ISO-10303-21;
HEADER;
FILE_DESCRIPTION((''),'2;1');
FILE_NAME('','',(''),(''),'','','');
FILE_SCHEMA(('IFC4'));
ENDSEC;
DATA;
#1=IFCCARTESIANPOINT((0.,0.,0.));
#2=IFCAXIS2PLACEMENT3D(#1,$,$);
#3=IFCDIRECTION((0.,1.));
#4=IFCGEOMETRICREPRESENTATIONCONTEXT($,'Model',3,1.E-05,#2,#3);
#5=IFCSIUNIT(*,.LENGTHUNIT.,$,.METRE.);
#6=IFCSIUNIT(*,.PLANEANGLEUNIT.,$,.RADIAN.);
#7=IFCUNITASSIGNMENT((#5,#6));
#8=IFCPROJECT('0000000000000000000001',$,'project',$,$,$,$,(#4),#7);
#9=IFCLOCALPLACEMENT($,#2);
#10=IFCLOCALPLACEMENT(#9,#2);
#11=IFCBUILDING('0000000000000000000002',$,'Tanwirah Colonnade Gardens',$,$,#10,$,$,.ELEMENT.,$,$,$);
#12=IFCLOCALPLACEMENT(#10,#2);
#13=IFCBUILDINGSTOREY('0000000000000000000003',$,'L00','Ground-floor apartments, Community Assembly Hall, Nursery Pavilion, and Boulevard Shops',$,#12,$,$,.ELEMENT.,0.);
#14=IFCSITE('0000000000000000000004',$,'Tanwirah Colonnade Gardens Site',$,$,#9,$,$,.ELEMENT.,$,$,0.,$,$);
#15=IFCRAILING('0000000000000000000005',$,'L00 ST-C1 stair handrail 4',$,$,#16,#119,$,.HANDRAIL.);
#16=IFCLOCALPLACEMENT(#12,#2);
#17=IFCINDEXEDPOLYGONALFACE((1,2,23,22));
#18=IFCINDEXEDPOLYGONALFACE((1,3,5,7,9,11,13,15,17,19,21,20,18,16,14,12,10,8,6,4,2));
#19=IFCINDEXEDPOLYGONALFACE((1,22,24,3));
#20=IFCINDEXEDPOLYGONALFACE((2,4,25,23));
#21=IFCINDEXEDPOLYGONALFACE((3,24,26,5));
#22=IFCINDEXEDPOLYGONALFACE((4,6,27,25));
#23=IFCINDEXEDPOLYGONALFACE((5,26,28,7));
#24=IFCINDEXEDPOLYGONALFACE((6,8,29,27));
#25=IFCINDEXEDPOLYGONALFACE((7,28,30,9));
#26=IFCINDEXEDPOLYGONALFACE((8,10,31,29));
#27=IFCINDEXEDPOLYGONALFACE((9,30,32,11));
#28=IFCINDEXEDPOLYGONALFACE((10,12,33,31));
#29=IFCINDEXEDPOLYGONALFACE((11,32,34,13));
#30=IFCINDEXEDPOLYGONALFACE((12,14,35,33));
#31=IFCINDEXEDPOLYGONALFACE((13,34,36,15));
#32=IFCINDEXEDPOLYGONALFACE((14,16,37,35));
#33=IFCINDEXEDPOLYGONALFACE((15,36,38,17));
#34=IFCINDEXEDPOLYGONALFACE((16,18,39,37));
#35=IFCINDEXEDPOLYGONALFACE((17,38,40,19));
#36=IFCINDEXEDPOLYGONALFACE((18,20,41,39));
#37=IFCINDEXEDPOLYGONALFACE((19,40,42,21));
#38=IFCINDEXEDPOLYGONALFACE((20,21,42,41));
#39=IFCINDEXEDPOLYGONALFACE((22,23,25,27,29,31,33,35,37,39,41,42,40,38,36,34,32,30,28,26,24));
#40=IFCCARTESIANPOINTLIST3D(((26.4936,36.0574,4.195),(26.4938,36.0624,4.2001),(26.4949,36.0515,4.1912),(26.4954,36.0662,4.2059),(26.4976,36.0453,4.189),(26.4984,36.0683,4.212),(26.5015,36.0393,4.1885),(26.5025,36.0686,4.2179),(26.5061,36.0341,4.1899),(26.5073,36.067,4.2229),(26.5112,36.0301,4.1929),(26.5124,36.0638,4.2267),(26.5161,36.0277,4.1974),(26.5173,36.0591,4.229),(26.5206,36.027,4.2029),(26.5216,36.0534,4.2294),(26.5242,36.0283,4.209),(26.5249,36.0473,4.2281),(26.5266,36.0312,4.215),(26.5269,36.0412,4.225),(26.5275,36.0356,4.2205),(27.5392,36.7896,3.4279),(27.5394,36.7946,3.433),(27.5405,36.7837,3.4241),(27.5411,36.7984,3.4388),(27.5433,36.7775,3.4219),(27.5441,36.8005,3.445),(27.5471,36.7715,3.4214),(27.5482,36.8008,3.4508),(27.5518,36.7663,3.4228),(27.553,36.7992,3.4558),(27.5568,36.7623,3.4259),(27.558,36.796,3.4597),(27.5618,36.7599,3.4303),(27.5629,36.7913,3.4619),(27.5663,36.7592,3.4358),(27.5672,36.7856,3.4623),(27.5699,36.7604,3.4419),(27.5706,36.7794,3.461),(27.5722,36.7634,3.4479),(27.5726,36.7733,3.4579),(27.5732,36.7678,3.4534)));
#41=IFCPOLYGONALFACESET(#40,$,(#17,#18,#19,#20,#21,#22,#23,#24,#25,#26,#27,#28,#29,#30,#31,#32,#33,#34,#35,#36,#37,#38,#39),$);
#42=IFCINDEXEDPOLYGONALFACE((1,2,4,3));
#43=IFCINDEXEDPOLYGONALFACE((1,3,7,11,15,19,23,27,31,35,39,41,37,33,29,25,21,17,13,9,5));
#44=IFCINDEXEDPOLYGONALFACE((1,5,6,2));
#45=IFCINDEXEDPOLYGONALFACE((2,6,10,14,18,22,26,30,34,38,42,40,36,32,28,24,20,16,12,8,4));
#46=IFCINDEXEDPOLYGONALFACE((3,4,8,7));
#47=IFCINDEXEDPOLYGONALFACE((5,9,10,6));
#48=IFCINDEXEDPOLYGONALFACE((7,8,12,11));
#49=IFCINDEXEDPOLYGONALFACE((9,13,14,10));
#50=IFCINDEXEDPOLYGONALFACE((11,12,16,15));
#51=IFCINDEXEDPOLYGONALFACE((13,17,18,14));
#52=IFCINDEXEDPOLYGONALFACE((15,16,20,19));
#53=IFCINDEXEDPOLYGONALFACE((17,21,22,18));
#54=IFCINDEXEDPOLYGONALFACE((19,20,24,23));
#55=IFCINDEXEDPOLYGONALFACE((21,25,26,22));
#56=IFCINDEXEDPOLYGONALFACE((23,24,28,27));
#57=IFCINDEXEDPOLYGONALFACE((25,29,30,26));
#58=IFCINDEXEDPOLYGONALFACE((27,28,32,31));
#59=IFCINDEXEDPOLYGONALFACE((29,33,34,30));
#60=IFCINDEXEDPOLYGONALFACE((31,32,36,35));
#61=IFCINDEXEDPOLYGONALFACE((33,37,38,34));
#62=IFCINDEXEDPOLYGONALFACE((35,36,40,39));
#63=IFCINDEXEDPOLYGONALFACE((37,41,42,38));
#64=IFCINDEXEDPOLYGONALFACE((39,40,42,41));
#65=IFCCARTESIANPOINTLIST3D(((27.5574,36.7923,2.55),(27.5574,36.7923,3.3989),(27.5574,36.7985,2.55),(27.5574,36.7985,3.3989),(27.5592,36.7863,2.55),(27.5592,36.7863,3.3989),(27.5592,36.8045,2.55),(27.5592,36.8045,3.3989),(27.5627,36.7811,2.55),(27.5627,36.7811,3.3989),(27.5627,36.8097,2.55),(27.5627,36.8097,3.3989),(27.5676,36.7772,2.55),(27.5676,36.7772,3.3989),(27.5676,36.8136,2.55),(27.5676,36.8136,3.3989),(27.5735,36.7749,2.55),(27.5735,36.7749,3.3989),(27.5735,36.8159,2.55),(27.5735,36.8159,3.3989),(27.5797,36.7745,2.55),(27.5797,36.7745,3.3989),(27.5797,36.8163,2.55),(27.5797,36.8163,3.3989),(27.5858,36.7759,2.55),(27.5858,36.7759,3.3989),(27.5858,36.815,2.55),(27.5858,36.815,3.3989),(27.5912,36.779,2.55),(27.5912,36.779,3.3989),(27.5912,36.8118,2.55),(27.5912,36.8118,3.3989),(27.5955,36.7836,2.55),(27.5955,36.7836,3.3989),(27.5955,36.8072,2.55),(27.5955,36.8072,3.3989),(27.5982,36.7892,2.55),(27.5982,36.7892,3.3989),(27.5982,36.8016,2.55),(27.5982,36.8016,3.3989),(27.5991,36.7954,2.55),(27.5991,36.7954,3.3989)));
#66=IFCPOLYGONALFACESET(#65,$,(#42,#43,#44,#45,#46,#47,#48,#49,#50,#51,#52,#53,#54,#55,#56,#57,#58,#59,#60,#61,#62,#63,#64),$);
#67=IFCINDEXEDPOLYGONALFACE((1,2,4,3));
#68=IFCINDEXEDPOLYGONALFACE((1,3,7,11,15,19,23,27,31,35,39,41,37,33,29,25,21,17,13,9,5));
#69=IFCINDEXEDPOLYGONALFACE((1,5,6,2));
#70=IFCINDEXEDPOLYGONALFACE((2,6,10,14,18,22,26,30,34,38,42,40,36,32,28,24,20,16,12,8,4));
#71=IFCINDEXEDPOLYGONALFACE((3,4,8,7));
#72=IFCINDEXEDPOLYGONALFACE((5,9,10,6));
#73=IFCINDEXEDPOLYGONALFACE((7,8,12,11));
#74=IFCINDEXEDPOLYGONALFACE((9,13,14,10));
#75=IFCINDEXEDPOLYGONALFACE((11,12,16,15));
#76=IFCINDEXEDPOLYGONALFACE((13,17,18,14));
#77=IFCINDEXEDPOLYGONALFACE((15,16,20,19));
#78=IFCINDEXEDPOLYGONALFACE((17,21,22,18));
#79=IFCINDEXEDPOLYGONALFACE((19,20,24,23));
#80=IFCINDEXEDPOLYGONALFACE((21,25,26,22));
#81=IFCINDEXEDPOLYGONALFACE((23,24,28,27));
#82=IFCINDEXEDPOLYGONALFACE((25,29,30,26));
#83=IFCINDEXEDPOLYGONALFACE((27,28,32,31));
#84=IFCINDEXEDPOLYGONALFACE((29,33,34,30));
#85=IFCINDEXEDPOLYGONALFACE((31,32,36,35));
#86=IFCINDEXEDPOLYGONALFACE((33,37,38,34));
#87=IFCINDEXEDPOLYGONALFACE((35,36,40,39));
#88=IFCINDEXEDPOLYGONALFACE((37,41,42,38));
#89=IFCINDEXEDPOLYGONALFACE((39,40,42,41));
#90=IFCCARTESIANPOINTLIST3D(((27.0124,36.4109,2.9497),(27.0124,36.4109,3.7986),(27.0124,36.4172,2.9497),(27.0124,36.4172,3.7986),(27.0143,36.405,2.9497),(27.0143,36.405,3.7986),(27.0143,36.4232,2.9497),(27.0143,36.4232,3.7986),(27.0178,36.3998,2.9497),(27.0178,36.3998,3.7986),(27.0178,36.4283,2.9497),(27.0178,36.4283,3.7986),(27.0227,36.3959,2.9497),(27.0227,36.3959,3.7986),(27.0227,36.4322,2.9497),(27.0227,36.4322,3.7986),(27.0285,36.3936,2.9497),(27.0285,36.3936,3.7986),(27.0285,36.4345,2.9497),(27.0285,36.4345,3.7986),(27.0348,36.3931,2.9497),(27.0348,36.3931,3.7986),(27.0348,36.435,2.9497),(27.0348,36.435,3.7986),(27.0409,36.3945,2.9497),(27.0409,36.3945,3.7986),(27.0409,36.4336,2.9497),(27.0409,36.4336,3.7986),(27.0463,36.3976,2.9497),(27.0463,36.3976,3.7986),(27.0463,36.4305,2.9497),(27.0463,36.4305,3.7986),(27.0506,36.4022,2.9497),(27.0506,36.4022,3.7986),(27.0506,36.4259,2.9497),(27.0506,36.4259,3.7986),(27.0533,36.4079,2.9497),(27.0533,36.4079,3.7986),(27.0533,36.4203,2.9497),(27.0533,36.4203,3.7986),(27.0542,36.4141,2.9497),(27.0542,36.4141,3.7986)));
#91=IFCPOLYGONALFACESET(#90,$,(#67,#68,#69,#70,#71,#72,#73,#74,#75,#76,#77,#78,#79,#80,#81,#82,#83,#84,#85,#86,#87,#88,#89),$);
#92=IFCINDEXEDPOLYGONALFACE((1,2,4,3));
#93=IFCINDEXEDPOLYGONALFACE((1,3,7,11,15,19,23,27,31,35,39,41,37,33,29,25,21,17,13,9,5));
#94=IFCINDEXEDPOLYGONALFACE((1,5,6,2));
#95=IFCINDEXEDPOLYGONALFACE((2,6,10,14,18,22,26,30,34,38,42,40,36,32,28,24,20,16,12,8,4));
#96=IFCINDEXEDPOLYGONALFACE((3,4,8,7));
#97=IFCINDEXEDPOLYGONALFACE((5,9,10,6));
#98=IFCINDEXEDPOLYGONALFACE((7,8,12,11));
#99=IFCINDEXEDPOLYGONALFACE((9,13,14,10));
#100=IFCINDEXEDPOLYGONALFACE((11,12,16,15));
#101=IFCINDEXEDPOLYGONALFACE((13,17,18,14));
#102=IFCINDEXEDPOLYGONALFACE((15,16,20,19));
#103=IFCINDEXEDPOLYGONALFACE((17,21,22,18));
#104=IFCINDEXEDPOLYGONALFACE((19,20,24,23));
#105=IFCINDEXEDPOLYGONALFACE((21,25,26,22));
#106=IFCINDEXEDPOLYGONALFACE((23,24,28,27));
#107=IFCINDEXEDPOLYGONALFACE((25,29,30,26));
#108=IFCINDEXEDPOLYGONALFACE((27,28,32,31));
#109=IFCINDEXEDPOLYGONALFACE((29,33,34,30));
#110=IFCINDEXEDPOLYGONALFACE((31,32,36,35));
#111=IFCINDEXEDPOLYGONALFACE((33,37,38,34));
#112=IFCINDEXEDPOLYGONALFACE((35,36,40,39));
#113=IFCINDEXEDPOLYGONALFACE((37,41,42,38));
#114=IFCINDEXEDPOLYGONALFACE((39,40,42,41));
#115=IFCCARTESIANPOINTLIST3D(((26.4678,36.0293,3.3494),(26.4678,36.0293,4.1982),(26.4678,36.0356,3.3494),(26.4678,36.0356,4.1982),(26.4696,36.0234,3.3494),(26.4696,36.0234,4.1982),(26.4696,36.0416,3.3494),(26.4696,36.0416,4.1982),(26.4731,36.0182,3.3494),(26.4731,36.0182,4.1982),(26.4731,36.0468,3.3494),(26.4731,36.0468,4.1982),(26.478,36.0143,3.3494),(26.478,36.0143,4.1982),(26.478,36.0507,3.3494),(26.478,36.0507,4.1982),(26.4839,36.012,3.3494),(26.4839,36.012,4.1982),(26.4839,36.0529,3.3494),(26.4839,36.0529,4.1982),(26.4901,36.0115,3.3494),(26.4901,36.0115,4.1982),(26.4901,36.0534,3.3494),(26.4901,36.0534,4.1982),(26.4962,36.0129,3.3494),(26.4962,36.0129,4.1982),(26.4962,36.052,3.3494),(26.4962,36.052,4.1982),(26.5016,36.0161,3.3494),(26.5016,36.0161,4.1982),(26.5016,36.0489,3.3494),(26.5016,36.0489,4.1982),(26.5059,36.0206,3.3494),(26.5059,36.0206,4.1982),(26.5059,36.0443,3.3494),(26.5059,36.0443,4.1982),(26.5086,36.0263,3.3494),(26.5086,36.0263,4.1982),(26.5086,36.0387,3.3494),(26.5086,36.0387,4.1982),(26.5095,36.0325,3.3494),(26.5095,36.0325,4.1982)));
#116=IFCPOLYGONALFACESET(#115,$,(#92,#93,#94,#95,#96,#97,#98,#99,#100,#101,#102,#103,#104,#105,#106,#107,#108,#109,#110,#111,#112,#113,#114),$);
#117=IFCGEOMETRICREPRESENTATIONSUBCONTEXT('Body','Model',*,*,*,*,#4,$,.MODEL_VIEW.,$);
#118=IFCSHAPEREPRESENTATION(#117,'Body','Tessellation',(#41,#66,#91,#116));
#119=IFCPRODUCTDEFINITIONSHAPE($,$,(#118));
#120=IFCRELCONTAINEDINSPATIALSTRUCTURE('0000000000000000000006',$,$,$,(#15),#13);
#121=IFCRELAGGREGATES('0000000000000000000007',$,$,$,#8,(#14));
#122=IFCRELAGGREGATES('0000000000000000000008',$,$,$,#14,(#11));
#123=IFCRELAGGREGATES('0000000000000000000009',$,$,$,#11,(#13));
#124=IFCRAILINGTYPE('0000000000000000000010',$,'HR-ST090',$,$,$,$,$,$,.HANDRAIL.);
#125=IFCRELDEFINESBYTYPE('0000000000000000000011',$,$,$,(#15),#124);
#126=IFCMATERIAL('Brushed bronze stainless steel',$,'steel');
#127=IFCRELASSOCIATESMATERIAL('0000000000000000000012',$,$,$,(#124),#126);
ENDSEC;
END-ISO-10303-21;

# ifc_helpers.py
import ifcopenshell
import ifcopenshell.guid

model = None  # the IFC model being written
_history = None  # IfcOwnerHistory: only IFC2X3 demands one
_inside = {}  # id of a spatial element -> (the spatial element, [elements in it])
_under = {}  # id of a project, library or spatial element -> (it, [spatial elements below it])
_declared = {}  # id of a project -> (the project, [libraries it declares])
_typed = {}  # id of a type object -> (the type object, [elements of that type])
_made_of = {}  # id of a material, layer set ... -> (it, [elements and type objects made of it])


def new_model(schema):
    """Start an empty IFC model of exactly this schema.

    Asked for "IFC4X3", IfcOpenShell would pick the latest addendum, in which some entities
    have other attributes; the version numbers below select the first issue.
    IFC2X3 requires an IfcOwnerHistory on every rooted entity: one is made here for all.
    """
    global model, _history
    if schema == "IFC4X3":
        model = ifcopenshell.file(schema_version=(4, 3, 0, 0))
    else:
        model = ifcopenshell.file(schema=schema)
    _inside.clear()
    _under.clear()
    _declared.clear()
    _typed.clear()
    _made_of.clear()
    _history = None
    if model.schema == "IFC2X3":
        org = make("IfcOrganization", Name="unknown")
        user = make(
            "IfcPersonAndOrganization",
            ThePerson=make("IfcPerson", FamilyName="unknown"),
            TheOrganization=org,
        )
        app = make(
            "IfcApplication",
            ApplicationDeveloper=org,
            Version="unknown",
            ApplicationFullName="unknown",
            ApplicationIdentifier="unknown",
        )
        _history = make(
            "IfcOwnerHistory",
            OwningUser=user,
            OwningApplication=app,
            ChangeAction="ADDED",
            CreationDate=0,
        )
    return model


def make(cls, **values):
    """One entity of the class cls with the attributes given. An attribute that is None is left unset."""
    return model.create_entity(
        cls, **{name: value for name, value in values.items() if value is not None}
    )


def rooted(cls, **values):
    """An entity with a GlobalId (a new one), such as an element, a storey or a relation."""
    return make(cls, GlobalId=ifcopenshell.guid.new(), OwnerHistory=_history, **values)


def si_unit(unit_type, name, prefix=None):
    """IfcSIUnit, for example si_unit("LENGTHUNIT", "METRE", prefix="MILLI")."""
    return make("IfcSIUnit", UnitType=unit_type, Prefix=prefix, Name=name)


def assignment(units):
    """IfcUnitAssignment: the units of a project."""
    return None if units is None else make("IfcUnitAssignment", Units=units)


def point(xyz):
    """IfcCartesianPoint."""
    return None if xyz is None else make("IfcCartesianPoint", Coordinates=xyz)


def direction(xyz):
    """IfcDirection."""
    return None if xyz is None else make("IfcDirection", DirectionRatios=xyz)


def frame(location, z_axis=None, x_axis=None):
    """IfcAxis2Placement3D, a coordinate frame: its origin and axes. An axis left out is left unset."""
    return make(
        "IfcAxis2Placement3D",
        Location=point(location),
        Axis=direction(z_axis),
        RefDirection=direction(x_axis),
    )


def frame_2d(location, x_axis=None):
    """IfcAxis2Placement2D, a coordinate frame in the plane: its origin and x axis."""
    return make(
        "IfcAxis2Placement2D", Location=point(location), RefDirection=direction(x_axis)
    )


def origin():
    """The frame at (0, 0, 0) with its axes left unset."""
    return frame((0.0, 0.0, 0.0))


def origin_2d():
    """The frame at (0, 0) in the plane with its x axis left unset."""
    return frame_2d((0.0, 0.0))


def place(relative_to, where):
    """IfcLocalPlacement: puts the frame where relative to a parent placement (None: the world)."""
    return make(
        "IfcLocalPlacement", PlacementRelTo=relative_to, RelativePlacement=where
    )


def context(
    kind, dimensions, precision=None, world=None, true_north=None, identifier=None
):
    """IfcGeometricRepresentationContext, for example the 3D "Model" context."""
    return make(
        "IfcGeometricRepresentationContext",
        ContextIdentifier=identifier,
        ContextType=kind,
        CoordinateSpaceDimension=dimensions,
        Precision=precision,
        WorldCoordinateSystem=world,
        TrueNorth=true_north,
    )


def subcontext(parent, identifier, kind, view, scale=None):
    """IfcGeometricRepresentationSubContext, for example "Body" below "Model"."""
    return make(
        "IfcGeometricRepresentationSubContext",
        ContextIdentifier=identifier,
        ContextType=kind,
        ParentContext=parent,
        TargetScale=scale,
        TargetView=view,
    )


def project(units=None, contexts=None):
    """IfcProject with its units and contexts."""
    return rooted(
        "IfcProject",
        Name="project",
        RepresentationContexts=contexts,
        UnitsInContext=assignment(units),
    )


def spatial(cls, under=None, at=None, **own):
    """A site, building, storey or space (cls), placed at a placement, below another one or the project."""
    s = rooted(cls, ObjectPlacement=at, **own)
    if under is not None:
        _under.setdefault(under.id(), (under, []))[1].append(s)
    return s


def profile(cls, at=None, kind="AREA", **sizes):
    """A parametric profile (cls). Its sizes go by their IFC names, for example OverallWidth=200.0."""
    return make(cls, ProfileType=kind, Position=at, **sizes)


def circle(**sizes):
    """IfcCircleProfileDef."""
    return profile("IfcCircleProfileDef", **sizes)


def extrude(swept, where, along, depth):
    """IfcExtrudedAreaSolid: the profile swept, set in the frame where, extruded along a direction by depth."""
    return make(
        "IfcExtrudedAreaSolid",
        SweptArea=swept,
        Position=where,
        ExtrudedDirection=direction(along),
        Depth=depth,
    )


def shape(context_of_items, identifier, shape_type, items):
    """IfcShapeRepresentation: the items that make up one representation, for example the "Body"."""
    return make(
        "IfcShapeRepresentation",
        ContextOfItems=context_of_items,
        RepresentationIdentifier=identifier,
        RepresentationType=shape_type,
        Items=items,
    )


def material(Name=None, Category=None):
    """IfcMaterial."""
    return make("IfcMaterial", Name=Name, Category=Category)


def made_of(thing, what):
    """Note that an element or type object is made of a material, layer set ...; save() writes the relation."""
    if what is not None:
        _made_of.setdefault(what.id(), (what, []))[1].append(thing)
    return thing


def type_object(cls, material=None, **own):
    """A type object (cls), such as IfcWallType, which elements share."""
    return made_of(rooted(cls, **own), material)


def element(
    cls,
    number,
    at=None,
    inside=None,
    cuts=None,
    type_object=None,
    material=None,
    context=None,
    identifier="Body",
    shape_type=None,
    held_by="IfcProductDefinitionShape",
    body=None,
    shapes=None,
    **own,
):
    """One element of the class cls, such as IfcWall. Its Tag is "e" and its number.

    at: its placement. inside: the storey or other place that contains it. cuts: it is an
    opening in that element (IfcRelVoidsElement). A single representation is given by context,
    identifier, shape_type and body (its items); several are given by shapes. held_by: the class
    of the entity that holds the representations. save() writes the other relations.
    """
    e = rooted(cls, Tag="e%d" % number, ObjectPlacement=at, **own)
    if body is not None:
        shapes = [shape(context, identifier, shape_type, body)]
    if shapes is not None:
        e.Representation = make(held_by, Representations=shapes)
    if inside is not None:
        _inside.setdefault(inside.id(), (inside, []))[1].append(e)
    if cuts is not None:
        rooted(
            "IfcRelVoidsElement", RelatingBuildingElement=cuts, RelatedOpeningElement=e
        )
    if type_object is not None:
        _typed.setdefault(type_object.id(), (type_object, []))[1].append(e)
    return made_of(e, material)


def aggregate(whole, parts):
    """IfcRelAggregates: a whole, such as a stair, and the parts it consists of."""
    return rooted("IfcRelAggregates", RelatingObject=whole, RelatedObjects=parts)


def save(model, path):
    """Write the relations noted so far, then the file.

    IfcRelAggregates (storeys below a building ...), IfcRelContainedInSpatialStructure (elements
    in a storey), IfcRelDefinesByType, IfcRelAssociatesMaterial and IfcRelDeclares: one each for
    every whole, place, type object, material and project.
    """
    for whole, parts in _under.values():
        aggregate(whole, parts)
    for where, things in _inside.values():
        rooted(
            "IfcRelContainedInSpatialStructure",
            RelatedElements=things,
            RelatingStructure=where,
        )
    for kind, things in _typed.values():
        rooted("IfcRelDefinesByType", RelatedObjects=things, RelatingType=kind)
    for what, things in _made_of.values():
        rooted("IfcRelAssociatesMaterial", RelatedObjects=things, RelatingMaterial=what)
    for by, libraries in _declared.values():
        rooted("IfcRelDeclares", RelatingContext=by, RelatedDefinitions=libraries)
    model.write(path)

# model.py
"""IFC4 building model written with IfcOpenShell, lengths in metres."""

from ifc_helpers import new_model, si_unit, direction, frame, origin, origin_2d, place, context, subcontext, project, spatial, circle, extrude, material, type_object, element, save


model = new_model("IFC4")

# Units and contexts
model_context = context("Model", 3, precision=1e-05, world=origin(), true_north=direction((0.0, 1.0)))
body_context = subcontext(model_context, "Body", "Model", "MODEL_VIEW")
ifc_project = project(units=[si_unit("LENGTHUNIT", "METRE"), si_unit("PLANEANGLEUNIT", "RADIAN")], contexts=[model_context])

# Site, building, storey
site_placement = place(None, origin())
site = spatial("IfcSite", under=ifc_project, at=site_placement, Name="Tanwirah Colonnade Gardens Site", CompositionType="ELEMENT", RefElevation=0.0)
building_placement = place(site_placement, origin())
building = spatial("IfcBuilding", under=site, at=building_placement, Name="Tanwirah Colonnade Gardens", CompositionType="ELEMENT")
storey_placement = place(building_placement, origin())
storey = spatial("IfcBuildingStorey", under=building, at=storey_placement, Name="L00", Description="Ground-floor apartments, Community Assembly Hall, Nursery Pavilion, and Boulevard Shops", CompositionType="ELEMENT", Elevation=0.0)

# Railing
ifc_material_1 = material(Name="Brushed bronze stainless steel", Category="steel")
railing_type = type_object("IfcRailingType", Name="HR-ST090", PredefinedType="HANDRAIL", material=ifc_material_1)
railing_placement = place(storey_placement, frame((27.5781, 36.7954, 2.55)))
element("IfcRailing", 1, at=railing_placement, inside=storey, type_object=railing_type, Name="L00 ST-C1 stair handrail 4", PredefinedType="HANDRAIL", context=body_context, shape_type="SweptSolid", body=[
    extrude(circle(Radius=0.0239, at=origin_2d()), frame((-0.022, -0.0154, 0.8918), z_axis=(-0.702134, -0.491635, 0.515076), x_axis=(0.573573, -0.819154, 0.0)), (0.0, 0.0, 1.0), 1.4893),
    extrude(circle(Radius=0.021, at=origin_2d()), origin(), (0.0, 0.0, 1.0), 0.8489),
    extrude(circle(Radius=0.021, at=origin_2d()), frame((-0.5449, -0.3813, 0.3997)), (0.0, 0.0, 1.0), 0.8489),
    extrude(circle(Radius=0.021, at=origin_2d()), frame((-1.0896, -0.7629, 0.7993)), (0.0, 0.0, 1.0), 0.8489),
])

save(model, "model.ifc")
